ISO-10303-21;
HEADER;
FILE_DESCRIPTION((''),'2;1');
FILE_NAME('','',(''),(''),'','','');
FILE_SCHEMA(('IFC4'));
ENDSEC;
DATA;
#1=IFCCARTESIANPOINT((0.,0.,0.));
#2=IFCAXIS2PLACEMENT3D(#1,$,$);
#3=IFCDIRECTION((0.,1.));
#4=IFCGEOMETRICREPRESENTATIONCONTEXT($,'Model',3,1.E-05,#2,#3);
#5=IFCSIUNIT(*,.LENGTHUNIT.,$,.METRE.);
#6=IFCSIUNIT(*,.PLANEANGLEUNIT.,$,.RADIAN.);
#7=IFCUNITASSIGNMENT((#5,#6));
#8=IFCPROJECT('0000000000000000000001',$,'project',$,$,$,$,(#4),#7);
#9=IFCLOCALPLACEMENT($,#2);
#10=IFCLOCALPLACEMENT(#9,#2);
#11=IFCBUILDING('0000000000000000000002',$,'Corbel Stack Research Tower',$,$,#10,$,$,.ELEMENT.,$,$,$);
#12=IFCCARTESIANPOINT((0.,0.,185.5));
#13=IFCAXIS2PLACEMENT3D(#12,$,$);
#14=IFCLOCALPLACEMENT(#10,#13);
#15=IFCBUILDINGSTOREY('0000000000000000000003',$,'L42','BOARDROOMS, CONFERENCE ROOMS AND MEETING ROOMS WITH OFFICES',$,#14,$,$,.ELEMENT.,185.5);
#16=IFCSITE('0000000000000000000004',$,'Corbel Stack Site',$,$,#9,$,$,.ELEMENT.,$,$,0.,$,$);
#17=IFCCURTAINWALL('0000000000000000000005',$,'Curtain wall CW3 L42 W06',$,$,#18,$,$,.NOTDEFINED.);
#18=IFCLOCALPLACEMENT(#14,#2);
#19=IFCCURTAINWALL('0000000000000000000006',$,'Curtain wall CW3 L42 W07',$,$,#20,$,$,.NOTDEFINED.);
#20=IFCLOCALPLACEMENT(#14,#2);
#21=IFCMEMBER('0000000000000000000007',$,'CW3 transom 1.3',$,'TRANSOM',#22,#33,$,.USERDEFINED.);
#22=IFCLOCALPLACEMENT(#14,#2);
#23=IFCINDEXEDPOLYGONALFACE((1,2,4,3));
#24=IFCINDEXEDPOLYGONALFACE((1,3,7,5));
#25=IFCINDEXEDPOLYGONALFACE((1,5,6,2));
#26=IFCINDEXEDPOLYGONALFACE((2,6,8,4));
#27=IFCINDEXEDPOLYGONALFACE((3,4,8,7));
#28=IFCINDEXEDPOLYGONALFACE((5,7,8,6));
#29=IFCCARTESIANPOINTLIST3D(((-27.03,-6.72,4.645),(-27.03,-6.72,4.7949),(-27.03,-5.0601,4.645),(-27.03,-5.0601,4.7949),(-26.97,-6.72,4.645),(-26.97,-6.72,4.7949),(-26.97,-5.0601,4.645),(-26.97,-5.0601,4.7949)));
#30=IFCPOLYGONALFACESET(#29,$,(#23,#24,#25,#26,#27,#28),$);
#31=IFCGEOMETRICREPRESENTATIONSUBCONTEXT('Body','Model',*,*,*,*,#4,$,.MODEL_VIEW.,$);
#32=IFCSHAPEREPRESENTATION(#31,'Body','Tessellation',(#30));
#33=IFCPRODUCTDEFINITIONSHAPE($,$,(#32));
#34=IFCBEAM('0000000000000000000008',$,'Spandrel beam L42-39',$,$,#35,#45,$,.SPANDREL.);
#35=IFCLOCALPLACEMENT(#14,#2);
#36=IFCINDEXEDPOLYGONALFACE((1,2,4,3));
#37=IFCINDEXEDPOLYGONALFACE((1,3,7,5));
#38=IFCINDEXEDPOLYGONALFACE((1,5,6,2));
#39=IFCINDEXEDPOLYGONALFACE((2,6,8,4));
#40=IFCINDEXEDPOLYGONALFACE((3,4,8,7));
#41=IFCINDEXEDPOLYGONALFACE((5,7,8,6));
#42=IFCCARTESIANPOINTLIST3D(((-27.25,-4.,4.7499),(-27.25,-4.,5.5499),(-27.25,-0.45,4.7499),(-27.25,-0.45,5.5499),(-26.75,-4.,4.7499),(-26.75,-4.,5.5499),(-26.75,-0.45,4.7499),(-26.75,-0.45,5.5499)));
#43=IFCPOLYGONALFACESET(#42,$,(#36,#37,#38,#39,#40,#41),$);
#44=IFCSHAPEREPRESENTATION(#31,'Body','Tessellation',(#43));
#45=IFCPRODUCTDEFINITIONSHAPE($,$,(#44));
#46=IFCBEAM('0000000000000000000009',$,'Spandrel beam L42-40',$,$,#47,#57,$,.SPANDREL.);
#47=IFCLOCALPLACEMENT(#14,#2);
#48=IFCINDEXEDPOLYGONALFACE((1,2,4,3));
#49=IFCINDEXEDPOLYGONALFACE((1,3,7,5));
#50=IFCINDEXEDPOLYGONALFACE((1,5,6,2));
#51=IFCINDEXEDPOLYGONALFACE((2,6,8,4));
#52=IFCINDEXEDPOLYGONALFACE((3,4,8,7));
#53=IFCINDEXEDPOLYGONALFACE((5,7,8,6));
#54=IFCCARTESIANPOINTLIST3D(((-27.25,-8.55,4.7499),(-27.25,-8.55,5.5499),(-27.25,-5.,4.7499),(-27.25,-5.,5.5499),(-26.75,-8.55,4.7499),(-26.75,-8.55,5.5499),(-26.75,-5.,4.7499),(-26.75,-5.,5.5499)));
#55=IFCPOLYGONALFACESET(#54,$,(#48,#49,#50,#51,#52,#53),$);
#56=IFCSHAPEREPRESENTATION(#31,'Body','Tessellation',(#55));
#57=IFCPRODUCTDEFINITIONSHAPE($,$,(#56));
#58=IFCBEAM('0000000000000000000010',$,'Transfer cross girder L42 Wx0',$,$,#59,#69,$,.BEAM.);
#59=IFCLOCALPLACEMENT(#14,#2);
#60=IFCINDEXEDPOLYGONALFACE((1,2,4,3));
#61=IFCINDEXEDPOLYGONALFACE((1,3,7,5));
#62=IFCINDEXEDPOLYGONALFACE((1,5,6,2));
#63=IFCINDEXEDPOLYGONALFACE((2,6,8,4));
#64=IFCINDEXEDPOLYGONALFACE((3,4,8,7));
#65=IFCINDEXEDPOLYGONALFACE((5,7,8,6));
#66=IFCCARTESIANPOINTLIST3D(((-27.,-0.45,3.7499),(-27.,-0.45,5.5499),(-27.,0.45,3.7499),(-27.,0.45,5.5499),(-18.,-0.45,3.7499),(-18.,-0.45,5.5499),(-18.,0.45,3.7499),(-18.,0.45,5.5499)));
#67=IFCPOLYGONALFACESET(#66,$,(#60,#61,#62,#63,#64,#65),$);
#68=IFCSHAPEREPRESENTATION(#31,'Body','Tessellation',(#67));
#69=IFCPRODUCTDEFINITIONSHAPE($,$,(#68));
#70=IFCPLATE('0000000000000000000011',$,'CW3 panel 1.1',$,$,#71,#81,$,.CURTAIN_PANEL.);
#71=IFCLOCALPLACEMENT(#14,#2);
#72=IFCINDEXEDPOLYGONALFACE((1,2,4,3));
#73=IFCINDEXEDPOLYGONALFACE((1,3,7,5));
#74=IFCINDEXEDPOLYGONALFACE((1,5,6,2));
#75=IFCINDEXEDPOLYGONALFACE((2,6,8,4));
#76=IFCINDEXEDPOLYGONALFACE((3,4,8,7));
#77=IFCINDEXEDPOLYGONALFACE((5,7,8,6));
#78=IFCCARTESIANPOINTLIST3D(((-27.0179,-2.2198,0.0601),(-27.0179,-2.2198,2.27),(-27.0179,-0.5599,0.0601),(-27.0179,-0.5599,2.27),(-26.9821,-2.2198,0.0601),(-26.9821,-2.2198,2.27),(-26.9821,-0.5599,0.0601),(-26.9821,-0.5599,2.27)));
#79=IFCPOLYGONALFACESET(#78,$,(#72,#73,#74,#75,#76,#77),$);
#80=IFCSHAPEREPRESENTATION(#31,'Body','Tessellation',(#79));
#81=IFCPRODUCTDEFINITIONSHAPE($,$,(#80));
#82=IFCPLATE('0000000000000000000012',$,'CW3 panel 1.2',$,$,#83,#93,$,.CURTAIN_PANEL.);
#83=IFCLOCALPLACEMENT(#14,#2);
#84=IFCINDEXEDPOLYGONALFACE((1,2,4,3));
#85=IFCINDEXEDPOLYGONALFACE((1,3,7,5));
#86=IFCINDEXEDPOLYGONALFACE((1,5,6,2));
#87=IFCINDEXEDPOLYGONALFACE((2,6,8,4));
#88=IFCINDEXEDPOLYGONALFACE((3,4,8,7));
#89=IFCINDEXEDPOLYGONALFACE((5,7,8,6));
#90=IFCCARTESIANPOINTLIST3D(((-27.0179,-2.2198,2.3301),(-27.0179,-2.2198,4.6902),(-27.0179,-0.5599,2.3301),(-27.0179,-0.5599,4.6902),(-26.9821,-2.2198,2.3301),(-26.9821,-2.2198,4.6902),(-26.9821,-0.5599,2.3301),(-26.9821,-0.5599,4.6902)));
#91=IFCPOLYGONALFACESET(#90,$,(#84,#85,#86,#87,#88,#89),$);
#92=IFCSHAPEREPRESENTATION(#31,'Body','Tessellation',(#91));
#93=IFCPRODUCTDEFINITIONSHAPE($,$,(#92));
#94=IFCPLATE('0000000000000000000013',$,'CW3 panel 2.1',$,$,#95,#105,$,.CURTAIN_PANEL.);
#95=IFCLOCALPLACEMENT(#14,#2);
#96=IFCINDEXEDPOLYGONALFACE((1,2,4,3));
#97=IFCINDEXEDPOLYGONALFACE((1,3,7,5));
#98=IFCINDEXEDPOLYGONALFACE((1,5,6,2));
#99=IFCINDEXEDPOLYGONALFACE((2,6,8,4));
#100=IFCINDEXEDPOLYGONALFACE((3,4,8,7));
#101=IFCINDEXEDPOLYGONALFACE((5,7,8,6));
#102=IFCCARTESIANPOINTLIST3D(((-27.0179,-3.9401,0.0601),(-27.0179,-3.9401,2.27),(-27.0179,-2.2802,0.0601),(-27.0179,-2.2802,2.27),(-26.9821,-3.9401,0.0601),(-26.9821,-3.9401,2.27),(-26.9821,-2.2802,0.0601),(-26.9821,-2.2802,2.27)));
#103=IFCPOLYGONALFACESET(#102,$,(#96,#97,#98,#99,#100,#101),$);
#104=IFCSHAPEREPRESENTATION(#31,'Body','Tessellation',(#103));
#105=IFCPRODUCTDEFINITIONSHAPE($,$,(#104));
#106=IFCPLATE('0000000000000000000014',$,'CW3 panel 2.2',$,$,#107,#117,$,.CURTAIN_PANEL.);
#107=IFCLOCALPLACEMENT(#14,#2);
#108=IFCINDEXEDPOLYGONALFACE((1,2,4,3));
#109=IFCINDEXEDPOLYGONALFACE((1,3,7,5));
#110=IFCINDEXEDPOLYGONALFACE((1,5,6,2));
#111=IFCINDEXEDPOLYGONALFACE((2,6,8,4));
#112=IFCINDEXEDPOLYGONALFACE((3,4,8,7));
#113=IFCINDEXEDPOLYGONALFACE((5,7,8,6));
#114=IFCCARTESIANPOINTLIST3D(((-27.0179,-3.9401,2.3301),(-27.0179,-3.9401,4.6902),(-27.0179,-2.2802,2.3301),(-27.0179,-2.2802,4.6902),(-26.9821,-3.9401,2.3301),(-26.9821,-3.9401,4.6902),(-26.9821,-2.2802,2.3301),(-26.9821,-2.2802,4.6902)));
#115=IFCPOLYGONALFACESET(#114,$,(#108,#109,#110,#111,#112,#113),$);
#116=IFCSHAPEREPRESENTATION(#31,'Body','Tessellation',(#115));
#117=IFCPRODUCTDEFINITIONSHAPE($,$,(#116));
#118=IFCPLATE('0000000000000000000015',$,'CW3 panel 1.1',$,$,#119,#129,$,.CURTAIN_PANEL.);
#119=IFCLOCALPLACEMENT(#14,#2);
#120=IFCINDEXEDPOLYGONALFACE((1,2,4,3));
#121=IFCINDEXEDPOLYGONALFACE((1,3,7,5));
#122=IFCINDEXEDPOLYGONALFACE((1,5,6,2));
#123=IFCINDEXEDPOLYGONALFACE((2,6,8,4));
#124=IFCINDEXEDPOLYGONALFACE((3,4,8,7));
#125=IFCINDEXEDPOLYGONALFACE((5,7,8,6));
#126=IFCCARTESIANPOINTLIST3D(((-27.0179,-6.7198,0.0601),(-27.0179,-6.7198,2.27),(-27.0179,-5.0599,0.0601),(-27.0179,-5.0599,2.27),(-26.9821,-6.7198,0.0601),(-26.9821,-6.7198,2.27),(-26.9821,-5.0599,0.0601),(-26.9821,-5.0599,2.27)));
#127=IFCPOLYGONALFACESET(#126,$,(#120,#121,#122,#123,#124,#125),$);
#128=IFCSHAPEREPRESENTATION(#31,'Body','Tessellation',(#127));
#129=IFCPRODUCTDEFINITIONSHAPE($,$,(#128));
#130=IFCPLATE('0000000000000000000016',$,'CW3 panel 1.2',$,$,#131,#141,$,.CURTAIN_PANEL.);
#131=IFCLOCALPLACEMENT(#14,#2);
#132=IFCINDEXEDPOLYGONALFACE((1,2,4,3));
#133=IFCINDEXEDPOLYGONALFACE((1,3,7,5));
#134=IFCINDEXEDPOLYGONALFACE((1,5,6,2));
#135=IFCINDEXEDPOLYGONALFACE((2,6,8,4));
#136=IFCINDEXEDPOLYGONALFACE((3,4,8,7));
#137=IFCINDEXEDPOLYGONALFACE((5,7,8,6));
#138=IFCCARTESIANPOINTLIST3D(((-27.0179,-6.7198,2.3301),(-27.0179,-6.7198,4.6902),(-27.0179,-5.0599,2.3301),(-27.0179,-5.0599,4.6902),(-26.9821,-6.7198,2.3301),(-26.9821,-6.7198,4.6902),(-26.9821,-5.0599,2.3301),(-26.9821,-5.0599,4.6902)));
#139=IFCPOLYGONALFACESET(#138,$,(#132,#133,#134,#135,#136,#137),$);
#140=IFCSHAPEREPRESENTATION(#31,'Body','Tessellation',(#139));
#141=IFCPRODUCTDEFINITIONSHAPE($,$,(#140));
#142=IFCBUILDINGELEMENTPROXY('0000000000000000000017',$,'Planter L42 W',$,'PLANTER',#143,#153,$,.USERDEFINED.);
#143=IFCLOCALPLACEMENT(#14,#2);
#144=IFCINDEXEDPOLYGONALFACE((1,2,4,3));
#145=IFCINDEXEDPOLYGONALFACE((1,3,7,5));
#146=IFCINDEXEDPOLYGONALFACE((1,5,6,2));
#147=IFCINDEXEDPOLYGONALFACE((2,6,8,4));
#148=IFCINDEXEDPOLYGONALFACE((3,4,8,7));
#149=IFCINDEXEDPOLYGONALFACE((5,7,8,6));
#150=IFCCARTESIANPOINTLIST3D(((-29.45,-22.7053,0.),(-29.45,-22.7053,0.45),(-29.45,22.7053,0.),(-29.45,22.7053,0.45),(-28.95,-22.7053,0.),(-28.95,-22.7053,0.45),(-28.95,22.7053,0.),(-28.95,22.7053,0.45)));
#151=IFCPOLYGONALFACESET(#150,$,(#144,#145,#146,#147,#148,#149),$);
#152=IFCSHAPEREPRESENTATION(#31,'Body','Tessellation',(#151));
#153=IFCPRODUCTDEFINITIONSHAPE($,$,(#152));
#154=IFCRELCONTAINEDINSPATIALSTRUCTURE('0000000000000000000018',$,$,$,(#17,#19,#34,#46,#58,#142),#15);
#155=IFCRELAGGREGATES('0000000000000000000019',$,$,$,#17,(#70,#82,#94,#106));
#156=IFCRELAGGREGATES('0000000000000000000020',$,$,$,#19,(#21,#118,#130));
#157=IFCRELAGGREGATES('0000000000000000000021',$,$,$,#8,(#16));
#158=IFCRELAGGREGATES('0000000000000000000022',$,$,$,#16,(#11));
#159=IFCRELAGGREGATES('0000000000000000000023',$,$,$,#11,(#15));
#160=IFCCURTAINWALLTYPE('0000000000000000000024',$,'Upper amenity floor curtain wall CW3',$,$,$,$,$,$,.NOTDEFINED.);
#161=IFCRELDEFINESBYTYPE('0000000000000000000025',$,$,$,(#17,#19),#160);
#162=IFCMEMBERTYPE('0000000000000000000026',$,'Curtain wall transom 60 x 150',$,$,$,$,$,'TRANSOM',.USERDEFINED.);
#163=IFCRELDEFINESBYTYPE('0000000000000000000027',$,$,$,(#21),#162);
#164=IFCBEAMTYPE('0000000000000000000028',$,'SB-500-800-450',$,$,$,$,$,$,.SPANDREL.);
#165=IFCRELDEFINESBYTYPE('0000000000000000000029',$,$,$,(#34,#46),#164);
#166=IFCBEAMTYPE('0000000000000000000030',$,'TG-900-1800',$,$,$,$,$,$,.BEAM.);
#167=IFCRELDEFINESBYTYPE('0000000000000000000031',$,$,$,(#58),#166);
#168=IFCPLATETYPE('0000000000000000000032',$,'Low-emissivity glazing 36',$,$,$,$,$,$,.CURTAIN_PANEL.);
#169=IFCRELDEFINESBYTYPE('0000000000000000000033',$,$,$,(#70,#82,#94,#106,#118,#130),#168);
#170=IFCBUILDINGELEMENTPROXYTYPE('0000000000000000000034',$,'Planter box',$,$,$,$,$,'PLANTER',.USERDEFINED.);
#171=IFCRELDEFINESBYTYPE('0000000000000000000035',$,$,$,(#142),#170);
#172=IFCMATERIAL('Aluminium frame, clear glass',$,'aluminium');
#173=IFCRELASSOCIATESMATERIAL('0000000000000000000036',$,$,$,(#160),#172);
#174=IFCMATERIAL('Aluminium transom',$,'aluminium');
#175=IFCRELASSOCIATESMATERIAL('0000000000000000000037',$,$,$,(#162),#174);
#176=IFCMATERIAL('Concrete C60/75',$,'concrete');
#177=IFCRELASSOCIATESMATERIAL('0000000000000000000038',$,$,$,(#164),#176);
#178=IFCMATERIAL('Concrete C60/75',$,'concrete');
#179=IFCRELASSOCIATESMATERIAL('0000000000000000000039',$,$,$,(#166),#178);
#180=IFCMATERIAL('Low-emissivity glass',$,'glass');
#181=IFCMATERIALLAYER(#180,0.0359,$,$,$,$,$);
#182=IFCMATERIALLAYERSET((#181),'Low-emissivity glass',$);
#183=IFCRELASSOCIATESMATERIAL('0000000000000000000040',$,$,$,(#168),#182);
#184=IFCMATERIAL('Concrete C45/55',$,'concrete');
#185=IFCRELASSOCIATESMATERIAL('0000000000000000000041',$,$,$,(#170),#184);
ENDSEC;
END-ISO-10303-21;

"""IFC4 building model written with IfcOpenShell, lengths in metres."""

from ifc_helpers import new_model, si_unit, direction, frame, origin, origin_2d, place, context, subcontext, project, spatial, rectangle, extrude, material, layer, layer_set, material_profile, profile_set, type_object, element, aggregate, save


model = new_model("IFC4")

# Units and contexts
model_context = context("Model", 3, precision=1e-05, world=origin(), true_north=direction((0.0, 1.0)))
body_context = subcontext(model_context, "Body", "Model", "MODEL_VIEW")
ifc_project = project(units=[si_unit("LENGTHUNIT", "METRE"), si_unit("PLANEANGLEUNIT", "RADIAN")], contexts=[model_context])

# Site, building, storey
site_placement = place(None, origin())
site = spatial("IfcSite", under=ifc_project, at=site_placement, Name="Corbel Stack Site", CompositionType="ELEMENT", RefElevation=0.0)
building_placement = place(site_placement, origin())
building = spatial("IfcBuilding", under=site, at=building_placement, Name="Corbel Stack Research Tower", CompositionType="ELEMENT")
storey_placement = place(building_placement, frame((0.0, 0.0, 185.5)))
storey = spatial("IfcBuildingStorey", under=building, at=storey_placement, Name="L42", Description="BOARDROOMS, CONFERENCE ROOMS AND MEETING ROOMS WITH OFFICES", CompositionType="ELEMENT", Elevation=185.5)

# Curtain wall
ifc_material_1 = material(Name="Aluminium frame, clear glass", Category="aluminium")
curtain_wall_type = type_object("IfcCurtainWallType", Name="Upper amenity floor curtain wall CW3", PredefinedType="NOTDEFINED", material=ifc_material_1)
curtain_wall_1_placement = place(storey_placement, origin())
curtain_wall_1 = element("IfcCurtainWall", 1, at=curtain_wall_1_placement, inside=storey, type_object=curtain_wall_type, Name="Curtain wall CW3 L42 W06", PredefinedType="NOTDEFINED")

# Curtain wall
curtain_wall_2_placement = place(storey_placement, origin())
curtain_wall_2 = element("IfcCurtainWall", 2, at=curtain_wall_2_placement, inside=storey, type_object=curtain_wall_type, Name="Curtain wall CW3 L42 W07", PredefinedType="NOTDEFINED")

# Member
ifc_material_2 = material(Name="Aluminium transom", Category="aluminium")
ifc_material_profile_1 = material_profile(ifc_material_2, rectangle(XDim=0.0601, YDim=0.1499, at=origin_2d()), Name="Transom 60 x 150")
ifc_profile_set_1 = profile_set([ifc_material_profile_1], Name="Aluminium transom")
member_type_1 = type_object("IfcMemberType", Name="Curtain wall transom 60 x 150", ElementType="TRANSOM", PredefinedType="USERDEFINED", material=ifc_profile_set_1)
member_1_placement = place(storey_placement, frame((-27.0, -5.0601, 4.72), z_axis=(0.0, -1.0, 0.0), x_axis=(1.0, 0.0, 0.0)))
member_1 = element("IfcMember", 3, at=member_1_placement, type_object=member_type_1, Name="CW3 transom 1.3", ObjectType="TRANSOM", PredefinedType="USERDEFINED", context=body_context, shape_type="SweptSolid", body=[
    extrude(rectangle(XDim=0.0601, YDim=0.1499, at=origin_2d()), origin(), (0.0, 0.0, 1.0), 1.6599),
])

# Beams
ifc_material_3 = material(Name="Concrete C60/75", Category="concrete")
ifc_material_profile_2 = material_profile(ifc_material_3, rectangle(XDim=0.5, YDim=0.8, at=origin_2d()), Name="RC 500 x 800")
ifc_profile_set_2 = profile_set([ifc_material_profile_2], Name="Concrete C60/75")
beam_type_1 = type_object("IfcBeamType", Name="SB-500-800-450", PredefinedType="SPANDREL", material=ifc_profile_set_2)
for number, where, z_axis, x_axis, name in (
    (4, (-27.0, -0.45, 5.1499), (0.0, -1.0, 0.0), (1.0, 0.0, 0.0), "Spandrel beam L42-39"),
    (5, (-27.0, -5.0, 5.1499), (0.0, -1.0, 0.0), (1.0, 0.0, 0.0), "Spandrel beam L42-40"),
):
    element("IfcBeam", number, at=place(storey_placement, frame(where, z_axis=z_axis, x_axis=x_axis)), inside=storey, type_object=beam_type_1, Name=name, PredefinedType="SPANDREL", context=body_context, shape_type="SweptSolid", body=[
        extrude(rectangle(XDim=0.5, YDim=0.8, at=origin_2d()), origin(), (0.0, 0.0, 1.0), 3.55),
    ])
ifc_material_4 = material(Name="Concrete C60/75", Category="concrete")
ifc_material_profile_3 = material_profile(ifc_material_4, rectangle(XDim=0.8999, YDim=1.8, at=origin_2d()), Name="RC 900 x 1800")
ifc_profile_set_3 = profile_set([ifc_material_profile_3], Name="Concrete C60/75")
beam_type_2 = type_object("IfcBeamType", Name="TG-900-1800", PredefinedType="BEAM", material=ifc_profile_set_3)
beam_placement = place(storey_placement, frame((-27.0, 0.0, 4.6499), z_axis=(1.0, 0.0, 0.0), x_axis=(0.0, 1.0, 0.0)))
element("IfcBeam", 6, at=beam_placement, inside=storey, type_object=beam_type_2, Name="Transfer cross girder L42 Wx0", PredefinedType="BEAM", context=body_context, shape_type="SweptSolid", body=[
    extrude(rectangle(XDim=0.8999, YDim=1.8, at=origin_2d()), origin(), (0.0, 0.0, 1.0), 9.0),
])

# Plates
ifc_material_5 = material(Name="Low-emissivity glass", Category="glass")
ifc_layer = layer(ifc_material_5, 0.0359)
ifc_layer_set = layer_set([ifc_layer], Name="Low-emissivity glass")
plate_type = type_object("IfcPlateType", Name="Low-emissivity glazing 36", PredefinedType="CURTAIN_PANEL", material=ifc_layer_set)
plate_1_placement = place(storey_placement, frame((-27.0, -1.3899, 0.0601), z_axis=(0.0, 0.0, 1.0), x_axis=(0.0, -1.0, 0.0)))
plate_1 = element("IfcPlate", 7, at=plate_1_placement, type_object=plate_type, Name="CW3 panel 1.1", PredefinedType="CURTAIN_PANEL", context=body_context, shape_type="SweptSolid", body=[
    extrude(rectangle(XDim=1.6599, YDim=0.0359, at=origin_2d()), origin(), (0.0, 0.0, 1.0), 2.21),
])
plate_2_placement = place(storey_placement, frame((-27.0, -1.3899, 2.3301), z_axis=(0.0, 0.0, 1.0), x_axis=(0.0, -1.0, 0.0)))
plate_2 = element("IfcPlate", 8, at=plate_2_placement, type_object=plate_type, Name="CW3 panel 1.2", PredefinedType="CURTAIN_PANEL", context=body_context, shape_type="SweptSolid", body=[
    extrude(rectangle(XDim=1.6599, YDim=0.0359, at=origin_2d()), origin(), (0.0, 0.0, 1.0), 2.3601),
])
plate_3_placement = place(storey_placement, frame((-27.0, -3.1101, 0.0601), z_axis=(0.0, 0.0, 1.0), x_axis=(0.0, -1.0, 0.0)))
plate_3 = element("IfcPlate", 9, at=plate_3_placement, type_object=plate_type, Name="CW3 panel 2.1", PredefinedType="CURTAIN_PANEL", context=body_context, shape_type="SweptSolid", body=[
    extrude(rectangle(XDim=1.6599, YDim=0.0359, at=origin_2d()), origin(), (0.0, 0.0, 1.0), 2.21),
])
plate_4_placement = place(storey_placement, frame((-27.0, -3.1101, 2.3301), z_axis=(0.0, 0.0, 1.0), x_axis=(0.0, -1.0, 0.0)))
plate_4 = element("IfcPlate", 10, at=plate_4_placement, type_object=plate_type, Name="CW3 panel 2.2", PredefinedType="CURTAIN_PANEL", context=body_context, shape_type="SweptSolid", body=[
    extrude(rectangle(XDim=1.6599, YDim=0.0359, at=origin_2d()), origin(), (0.0, 0.0, 1.0), 2.3601),
])
aggregate(curtain_wall_1, [plate_1, plate_2, plate_3, plate_4])
plate_5_placement = place(storey_placement, frame((-27.0, -5.8899, 0.0601), z_axis=(0.0, 0.0, 1.0), x_axis=(0.0, -1.0, 0.0)))
plate_5 = element("IfcPlate", 11, at=plate_5_placement, type_object=plate_type, Name="CW3 panel 1.1", PredefinedType="CURTAIN_PANEL", context=body_context, shape_type="SweptSolid", body=[
    extrude(rectangle(XDim=1.6599, YDim=0.0359, at=origin_2d()), origin(), (0.0, 0.0, 1.0), 2.21),
])
plate_6_placement = place(storey_placement, frame((-27.0, -5.8899, 2.3301), z_axis=(0.0, 0.0, 1.0), x_axis=(0.0, -1.0, 0.0)))
plate_6 = element("IfcPlate", 12, at=plate_6_placement, type_object=plate_type, Name="CW3 panel 1.2", PredefinedType="CURTAIN_PANEL", context=body_context, shape_type="SweptSolid", body=[
    extrude(rectangle(XDim=1.6599, YDim=0.0359, at=origin_2d()), origin(), (0.0, 0.0, 1.0), 2.3601),
])
aggregate(curtain_wall_2, [member_1, plate_5, plate_6])

# Building element proxy
ifc_material_6 = material(Name="Concrete C45/55", Category="concrete")
building_element_proxy_type = type_object("IfcBuildingElementProxyType", Name="Planter box", ElementType="PLANTER", PredefinedType="USERDEFINED", material=ifc_material_6)
proxy_placement = place(storey_placement, frame((-29.2, 0.0, 0.0), z_axis=(0.0, 0.0, 1.0), x_axis=(0.0, -1.0, 0.0)))
element("IfcBuildingElementProxy", 13, at=proxy_placement, inside=storey, type_object=building_element_proxy_type, Name="Planter L42 W", ObjectType="PLANTER", PredefinedType="USERDEFINED", context=body_context, shape_type="SweptSolid", body=[
    extrude(rectangle(XDim=45.4106, YDim=0.5, at=origin_2d()), origin(), (0.0, 0.0, 1.0), 0.45),
])

save(model, "model.ifc")
